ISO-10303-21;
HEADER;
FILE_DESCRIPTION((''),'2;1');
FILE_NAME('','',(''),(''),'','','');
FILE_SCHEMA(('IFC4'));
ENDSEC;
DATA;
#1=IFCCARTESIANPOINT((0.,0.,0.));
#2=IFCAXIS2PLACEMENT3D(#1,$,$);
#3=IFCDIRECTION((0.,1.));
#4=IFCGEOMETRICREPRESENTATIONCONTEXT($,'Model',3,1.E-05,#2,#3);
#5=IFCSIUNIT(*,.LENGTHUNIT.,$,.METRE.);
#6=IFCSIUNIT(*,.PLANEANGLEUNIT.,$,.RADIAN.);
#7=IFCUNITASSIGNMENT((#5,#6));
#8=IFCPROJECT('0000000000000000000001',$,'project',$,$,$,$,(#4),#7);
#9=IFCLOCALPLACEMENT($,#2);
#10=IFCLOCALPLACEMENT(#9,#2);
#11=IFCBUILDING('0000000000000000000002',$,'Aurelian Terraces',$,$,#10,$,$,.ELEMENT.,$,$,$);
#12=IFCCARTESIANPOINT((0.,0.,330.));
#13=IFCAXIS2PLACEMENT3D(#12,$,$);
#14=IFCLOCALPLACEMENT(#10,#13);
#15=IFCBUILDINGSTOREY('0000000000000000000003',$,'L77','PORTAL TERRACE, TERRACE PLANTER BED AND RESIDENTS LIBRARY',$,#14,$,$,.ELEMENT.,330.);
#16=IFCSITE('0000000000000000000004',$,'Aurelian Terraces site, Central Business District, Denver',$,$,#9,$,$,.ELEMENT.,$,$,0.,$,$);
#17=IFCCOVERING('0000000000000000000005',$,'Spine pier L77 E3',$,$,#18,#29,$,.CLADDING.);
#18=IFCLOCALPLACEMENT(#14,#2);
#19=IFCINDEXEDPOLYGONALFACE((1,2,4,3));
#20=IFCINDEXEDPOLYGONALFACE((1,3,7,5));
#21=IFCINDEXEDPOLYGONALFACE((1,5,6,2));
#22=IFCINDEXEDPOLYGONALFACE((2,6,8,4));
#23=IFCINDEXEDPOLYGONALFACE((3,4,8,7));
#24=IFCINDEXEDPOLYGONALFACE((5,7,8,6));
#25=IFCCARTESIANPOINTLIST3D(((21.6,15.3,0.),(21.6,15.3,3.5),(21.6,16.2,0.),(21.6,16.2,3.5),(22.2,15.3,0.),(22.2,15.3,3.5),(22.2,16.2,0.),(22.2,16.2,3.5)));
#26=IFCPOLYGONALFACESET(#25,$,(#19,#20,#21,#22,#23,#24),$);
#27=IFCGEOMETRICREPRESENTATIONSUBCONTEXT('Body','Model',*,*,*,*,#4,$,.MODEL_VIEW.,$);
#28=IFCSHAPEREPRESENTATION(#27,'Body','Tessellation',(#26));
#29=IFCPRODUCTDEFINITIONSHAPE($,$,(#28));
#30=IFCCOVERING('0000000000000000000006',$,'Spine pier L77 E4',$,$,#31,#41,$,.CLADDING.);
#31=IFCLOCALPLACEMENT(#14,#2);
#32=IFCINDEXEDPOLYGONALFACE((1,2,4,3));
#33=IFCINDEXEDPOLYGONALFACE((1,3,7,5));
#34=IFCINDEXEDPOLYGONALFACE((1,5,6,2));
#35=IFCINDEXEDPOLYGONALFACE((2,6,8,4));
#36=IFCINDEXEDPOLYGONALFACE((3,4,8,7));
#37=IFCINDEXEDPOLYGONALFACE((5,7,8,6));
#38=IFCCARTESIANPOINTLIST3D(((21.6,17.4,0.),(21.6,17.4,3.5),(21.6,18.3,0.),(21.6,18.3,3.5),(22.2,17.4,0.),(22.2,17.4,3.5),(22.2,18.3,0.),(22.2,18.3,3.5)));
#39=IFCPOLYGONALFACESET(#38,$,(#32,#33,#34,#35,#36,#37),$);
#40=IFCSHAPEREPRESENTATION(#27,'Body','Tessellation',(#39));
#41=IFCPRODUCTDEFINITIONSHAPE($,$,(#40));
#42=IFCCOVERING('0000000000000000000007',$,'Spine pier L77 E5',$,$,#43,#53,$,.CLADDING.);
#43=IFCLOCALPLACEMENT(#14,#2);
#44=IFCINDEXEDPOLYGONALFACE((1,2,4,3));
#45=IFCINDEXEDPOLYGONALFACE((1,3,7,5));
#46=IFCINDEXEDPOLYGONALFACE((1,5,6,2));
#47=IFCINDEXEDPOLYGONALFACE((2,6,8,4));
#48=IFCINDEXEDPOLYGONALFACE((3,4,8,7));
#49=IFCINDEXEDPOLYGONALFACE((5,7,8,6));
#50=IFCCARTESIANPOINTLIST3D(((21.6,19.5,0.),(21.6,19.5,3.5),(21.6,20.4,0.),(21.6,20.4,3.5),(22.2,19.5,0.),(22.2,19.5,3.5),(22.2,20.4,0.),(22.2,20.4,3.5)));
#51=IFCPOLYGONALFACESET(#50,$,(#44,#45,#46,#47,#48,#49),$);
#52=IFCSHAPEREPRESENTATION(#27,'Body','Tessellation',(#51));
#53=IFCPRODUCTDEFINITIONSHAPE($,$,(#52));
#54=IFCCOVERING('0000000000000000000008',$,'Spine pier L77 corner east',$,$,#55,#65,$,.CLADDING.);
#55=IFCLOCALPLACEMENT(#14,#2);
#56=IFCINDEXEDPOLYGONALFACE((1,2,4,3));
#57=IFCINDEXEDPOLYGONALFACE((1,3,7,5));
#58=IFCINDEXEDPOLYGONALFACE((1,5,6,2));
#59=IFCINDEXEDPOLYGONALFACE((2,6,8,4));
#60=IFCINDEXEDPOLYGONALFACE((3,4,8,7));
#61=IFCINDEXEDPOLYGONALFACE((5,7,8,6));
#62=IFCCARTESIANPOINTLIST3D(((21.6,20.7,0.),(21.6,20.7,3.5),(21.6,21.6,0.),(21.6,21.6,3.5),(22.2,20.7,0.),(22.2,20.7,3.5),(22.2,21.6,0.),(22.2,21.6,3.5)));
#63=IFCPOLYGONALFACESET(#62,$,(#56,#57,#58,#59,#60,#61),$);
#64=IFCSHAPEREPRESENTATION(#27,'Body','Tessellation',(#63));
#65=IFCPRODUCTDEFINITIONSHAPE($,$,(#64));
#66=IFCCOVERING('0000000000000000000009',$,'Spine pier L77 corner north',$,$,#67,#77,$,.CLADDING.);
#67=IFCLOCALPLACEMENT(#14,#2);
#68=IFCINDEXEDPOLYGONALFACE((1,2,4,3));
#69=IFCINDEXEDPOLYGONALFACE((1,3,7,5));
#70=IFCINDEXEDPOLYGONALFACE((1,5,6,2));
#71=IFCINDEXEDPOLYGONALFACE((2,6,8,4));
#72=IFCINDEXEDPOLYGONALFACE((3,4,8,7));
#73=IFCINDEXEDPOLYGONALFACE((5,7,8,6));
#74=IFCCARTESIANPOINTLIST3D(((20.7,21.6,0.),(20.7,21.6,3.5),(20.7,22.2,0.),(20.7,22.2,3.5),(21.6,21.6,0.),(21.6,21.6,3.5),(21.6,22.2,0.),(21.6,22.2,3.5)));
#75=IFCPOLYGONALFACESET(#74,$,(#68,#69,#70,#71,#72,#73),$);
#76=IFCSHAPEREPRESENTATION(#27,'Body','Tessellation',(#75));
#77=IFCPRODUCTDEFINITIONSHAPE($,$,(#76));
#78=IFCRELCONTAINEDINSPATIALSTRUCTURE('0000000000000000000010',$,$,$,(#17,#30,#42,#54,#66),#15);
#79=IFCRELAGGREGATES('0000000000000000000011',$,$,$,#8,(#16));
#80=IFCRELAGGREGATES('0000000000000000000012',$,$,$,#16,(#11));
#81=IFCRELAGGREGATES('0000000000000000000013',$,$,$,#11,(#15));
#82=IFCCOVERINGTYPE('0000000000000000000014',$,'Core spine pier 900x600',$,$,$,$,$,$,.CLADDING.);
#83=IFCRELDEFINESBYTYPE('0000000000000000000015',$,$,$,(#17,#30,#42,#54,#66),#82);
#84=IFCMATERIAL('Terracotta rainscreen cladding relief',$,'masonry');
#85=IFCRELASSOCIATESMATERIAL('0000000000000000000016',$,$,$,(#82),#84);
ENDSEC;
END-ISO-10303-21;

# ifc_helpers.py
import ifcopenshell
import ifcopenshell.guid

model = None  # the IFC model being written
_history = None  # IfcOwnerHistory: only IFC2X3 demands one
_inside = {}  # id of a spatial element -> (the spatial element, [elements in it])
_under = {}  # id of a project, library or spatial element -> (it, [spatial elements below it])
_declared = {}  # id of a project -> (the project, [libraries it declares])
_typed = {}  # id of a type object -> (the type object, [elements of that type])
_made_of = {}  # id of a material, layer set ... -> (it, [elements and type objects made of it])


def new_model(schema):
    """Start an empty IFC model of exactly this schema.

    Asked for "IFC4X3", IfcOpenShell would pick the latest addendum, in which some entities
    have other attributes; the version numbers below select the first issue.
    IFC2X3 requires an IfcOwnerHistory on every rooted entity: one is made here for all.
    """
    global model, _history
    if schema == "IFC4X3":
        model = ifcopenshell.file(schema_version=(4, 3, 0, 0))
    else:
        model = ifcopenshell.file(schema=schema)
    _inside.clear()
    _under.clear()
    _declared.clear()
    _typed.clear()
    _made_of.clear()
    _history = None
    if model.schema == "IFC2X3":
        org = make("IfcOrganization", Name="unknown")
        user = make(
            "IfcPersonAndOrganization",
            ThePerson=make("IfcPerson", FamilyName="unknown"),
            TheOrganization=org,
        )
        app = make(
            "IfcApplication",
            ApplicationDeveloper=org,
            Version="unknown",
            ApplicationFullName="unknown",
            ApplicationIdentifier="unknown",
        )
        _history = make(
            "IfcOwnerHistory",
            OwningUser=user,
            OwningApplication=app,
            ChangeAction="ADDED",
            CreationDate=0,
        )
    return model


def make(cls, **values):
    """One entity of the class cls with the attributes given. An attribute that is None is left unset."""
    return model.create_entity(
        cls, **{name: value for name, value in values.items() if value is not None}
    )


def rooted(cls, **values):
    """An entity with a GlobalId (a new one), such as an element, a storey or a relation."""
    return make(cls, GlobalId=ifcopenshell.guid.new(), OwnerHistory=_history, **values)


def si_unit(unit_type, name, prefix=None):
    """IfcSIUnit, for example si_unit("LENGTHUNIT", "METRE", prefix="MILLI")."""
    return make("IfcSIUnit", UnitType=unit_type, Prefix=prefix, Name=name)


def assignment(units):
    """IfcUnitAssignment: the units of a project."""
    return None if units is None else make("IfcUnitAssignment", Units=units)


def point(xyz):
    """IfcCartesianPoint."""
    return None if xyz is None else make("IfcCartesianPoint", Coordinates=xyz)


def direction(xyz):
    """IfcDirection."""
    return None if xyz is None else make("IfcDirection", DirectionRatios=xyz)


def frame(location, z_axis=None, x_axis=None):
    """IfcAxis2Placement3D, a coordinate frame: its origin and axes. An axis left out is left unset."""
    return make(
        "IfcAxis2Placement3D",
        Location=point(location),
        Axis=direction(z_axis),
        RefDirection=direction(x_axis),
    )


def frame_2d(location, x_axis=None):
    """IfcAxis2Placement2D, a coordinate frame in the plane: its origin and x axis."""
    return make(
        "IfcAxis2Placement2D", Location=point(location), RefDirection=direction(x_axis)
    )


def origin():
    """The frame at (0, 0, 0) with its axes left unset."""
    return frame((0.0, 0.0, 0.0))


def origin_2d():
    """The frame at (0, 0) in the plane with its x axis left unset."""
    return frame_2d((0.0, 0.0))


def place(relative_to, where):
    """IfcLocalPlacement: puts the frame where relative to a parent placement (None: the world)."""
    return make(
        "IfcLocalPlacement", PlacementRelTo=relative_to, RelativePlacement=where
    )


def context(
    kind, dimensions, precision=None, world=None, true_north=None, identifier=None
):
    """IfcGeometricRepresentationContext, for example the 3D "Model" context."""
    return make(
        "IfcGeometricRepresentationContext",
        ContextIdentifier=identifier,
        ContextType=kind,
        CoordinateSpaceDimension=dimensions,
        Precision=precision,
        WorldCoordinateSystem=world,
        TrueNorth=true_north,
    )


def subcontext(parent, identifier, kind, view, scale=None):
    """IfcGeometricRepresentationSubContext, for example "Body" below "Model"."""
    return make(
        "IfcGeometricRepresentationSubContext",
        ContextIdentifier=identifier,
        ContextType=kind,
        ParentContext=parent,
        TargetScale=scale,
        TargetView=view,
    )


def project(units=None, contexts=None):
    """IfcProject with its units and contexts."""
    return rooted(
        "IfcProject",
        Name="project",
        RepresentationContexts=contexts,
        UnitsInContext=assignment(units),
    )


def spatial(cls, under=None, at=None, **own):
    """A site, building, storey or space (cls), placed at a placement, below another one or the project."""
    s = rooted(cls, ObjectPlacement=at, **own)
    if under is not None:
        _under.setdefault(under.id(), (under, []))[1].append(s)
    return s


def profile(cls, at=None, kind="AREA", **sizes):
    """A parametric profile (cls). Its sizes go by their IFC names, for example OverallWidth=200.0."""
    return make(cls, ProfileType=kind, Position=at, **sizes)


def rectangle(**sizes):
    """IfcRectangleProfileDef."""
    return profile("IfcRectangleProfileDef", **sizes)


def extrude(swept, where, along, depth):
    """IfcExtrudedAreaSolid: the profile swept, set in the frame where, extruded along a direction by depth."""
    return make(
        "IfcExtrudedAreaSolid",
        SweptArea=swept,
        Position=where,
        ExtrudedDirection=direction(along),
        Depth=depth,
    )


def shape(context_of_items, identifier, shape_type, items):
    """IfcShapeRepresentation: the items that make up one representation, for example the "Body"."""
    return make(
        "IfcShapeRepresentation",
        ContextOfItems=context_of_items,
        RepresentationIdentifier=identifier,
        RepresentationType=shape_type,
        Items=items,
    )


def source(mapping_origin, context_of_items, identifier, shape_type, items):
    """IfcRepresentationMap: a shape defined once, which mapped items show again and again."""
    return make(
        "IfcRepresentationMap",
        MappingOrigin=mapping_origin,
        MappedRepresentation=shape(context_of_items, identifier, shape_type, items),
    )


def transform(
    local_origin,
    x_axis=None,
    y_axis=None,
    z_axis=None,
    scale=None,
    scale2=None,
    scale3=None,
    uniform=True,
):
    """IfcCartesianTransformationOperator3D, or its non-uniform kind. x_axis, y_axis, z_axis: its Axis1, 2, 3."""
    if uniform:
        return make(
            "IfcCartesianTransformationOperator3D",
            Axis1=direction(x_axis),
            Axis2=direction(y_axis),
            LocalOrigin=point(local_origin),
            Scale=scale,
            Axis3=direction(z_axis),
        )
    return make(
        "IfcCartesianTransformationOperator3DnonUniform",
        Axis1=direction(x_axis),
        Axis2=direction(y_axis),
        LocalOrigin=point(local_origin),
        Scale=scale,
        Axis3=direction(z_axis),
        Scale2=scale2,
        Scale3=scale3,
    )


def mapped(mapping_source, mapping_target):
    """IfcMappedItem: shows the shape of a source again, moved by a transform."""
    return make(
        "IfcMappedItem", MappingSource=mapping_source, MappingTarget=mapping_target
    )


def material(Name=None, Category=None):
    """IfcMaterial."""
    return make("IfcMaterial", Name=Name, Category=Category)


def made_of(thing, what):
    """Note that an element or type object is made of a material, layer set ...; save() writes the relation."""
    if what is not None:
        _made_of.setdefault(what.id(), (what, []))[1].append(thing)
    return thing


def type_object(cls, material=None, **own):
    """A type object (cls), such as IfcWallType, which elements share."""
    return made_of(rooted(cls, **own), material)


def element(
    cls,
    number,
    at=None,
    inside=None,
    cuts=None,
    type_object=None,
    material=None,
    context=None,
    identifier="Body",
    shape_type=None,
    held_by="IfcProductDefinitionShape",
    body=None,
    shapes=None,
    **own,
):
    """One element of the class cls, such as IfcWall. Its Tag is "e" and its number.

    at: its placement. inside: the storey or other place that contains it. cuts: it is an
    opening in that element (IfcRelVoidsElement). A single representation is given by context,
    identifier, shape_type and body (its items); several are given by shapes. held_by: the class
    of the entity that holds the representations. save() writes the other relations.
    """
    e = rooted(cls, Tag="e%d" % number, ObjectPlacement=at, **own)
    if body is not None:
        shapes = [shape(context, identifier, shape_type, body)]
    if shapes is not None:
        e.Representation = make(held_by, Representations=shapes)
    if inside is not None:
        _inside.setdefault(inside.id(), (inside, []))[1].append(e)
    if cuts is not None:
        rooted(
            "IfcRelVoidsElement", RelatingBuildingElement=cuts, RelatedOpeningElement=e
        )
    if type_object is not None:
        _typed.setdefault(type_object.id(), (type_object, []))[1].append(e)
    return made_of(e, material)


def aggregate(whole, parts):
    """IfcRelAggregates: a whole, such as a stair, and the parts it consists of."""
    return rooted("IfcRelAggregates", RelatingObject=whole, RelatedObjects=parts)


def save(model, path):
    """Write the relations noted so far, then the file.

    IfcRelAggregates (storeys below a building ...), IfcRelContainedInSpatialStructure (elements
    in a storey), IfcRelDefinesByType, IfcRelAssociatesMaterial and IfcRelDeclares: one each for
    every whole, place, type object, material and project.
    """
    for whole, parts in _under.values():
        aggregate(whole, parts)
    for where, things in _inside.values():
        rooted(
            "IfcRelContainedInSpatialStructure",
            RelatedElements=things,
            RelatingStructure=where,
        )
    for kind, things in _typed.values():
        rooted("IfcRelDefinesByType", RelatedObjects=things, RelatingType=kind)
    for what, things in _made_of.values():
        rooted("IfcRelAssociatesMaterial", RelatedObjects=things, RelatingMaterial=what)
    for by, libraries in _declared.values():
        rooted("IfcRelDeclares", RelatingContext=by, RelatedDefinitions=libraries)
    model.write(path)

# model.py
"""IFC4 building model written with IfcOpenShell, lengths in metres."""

from ifc_helpers import new_model, si_unit, direction, frame, origin, origin_2d, place, context, subcontext, project, spatial, rectangle, extrude, source, transform, mapped, material, type_object, element, save


model = new_model("IFC4")

# Units and contexts
model_context = context("Model", 3, precision=1e-05, world=origin(), true_north=direction((0.0, 1.0)))
body_context = subcontext(model_context, "Body", "Model", "MODEL_VIEW")
ifc_project = project(units=[si_unit("LENGTHUNIT", "METRE"), si_unit("PLANEANGLEUNIT", "RADIAN")], contexts=[model_context])

# Site, building, storey
site_placement = place(None, origin())
site = spatial("IfcSite", under=ifc_project, at=site_placement, Name="Aurelian Terraces site, Central Business District, Denver", CompositionType="ELEMENT", RefElevation=0.0)
building_placement = place(site_placement, origin())
building = spatial("IfcBuilding", under=site, at=building_placement, Name="Aurelian Terraces", CompositionType="ELEMENT")
storey_placement = place(building_placement, frame((0.0, 0.0, 330.0)))
storey = spatial("IfcBuildingStorey", under=building, at=storey_placement, Name="L77", Description="PORTAL TERRACE, TERRACE PLANTER BED AND RESIDENTS LIBRARY", CompositionType="ELEMENT", Elevation=330.0)

# Coverings
ifc_material_1 = material(Name="Terracotta rainscreen cladding relief", Category="masonry")
covering_type_1 = type_object("IfcCoveringType", Name="Core spine pier 900x600", PredefinedType="CLADDING", material=ifc_material_1)
shared_shape_1 = source(origin(), body_context, "Body", "SweptSolid", [
    extrude(rectangle(XDim=0.6, YDim=0.9, at=origin_2d()), origin(), (0.0, 0.0, 1.0), 3.5),
])
for number, where, z_axis, x_axis, name in (
    (1, (21.9, 15.75, 0.0), (0.0, 0.0, 1.0), (1.0, 0.0, 0.0), "Spine pier L77 E3"),
    (2, (21.9, 17.85, 0.0), (0.0, 0.0, 1.0), (1.0, 0.0, 0.0), "Spine pier L77 E4"),
    (3, (21.9, 19.95, 0.0), (0.0, 0.0, 1.0), (1.0, 0.0, 0.0), "Spine pier L77 E5"),
    (4, (21.9, 21.15, 0.0), (0.0, 0.0, 1.0), (1.0, 0.0, 0.0), "Spine pier L77 corner east"),
):
    element("IfcCovering", number, at=place(storey_placement, frame(where, z_axis=z_axis, x_axis=x_axis)), inside=storey, type_object=covering_type_1, Name=name, PredefinedType="CLADDING", context=body_context, shape_type="MappedRepresentation", body=[
        mapped(shared_shape_1, transform((0.0, 0.0, 0.0), scale=1.0)),
    ])
shared_shape_2 = source(origin(), body_context, "Body", "SweptSolid", [
    extrude(rectangle(XDim=0.9, YDim=0.6, at=origin_2d()), origin(), (0.0, 0.0, 1.0), 3.5),
])
covering_1_placement = place(storey_placement, frame((21.15, 21.9, 0.0), z_axis=(0.0, 0.0, 1.0), x_axis=(1.0, 0.0, 0.0)))
element("IfcCovering", 5, at=covering_1_placement, inside=storey, type_object=covering_type_1, Name="Spine pier L77 corner north", PredefinedType="CLADDING", context=body_context, shape_type="MappedRepresentation", body=[
    mapped(shared_shape_2, transform((0.0, 0.0, 0.0), scale=1.0)),
])

save(model, "model.ifc")
